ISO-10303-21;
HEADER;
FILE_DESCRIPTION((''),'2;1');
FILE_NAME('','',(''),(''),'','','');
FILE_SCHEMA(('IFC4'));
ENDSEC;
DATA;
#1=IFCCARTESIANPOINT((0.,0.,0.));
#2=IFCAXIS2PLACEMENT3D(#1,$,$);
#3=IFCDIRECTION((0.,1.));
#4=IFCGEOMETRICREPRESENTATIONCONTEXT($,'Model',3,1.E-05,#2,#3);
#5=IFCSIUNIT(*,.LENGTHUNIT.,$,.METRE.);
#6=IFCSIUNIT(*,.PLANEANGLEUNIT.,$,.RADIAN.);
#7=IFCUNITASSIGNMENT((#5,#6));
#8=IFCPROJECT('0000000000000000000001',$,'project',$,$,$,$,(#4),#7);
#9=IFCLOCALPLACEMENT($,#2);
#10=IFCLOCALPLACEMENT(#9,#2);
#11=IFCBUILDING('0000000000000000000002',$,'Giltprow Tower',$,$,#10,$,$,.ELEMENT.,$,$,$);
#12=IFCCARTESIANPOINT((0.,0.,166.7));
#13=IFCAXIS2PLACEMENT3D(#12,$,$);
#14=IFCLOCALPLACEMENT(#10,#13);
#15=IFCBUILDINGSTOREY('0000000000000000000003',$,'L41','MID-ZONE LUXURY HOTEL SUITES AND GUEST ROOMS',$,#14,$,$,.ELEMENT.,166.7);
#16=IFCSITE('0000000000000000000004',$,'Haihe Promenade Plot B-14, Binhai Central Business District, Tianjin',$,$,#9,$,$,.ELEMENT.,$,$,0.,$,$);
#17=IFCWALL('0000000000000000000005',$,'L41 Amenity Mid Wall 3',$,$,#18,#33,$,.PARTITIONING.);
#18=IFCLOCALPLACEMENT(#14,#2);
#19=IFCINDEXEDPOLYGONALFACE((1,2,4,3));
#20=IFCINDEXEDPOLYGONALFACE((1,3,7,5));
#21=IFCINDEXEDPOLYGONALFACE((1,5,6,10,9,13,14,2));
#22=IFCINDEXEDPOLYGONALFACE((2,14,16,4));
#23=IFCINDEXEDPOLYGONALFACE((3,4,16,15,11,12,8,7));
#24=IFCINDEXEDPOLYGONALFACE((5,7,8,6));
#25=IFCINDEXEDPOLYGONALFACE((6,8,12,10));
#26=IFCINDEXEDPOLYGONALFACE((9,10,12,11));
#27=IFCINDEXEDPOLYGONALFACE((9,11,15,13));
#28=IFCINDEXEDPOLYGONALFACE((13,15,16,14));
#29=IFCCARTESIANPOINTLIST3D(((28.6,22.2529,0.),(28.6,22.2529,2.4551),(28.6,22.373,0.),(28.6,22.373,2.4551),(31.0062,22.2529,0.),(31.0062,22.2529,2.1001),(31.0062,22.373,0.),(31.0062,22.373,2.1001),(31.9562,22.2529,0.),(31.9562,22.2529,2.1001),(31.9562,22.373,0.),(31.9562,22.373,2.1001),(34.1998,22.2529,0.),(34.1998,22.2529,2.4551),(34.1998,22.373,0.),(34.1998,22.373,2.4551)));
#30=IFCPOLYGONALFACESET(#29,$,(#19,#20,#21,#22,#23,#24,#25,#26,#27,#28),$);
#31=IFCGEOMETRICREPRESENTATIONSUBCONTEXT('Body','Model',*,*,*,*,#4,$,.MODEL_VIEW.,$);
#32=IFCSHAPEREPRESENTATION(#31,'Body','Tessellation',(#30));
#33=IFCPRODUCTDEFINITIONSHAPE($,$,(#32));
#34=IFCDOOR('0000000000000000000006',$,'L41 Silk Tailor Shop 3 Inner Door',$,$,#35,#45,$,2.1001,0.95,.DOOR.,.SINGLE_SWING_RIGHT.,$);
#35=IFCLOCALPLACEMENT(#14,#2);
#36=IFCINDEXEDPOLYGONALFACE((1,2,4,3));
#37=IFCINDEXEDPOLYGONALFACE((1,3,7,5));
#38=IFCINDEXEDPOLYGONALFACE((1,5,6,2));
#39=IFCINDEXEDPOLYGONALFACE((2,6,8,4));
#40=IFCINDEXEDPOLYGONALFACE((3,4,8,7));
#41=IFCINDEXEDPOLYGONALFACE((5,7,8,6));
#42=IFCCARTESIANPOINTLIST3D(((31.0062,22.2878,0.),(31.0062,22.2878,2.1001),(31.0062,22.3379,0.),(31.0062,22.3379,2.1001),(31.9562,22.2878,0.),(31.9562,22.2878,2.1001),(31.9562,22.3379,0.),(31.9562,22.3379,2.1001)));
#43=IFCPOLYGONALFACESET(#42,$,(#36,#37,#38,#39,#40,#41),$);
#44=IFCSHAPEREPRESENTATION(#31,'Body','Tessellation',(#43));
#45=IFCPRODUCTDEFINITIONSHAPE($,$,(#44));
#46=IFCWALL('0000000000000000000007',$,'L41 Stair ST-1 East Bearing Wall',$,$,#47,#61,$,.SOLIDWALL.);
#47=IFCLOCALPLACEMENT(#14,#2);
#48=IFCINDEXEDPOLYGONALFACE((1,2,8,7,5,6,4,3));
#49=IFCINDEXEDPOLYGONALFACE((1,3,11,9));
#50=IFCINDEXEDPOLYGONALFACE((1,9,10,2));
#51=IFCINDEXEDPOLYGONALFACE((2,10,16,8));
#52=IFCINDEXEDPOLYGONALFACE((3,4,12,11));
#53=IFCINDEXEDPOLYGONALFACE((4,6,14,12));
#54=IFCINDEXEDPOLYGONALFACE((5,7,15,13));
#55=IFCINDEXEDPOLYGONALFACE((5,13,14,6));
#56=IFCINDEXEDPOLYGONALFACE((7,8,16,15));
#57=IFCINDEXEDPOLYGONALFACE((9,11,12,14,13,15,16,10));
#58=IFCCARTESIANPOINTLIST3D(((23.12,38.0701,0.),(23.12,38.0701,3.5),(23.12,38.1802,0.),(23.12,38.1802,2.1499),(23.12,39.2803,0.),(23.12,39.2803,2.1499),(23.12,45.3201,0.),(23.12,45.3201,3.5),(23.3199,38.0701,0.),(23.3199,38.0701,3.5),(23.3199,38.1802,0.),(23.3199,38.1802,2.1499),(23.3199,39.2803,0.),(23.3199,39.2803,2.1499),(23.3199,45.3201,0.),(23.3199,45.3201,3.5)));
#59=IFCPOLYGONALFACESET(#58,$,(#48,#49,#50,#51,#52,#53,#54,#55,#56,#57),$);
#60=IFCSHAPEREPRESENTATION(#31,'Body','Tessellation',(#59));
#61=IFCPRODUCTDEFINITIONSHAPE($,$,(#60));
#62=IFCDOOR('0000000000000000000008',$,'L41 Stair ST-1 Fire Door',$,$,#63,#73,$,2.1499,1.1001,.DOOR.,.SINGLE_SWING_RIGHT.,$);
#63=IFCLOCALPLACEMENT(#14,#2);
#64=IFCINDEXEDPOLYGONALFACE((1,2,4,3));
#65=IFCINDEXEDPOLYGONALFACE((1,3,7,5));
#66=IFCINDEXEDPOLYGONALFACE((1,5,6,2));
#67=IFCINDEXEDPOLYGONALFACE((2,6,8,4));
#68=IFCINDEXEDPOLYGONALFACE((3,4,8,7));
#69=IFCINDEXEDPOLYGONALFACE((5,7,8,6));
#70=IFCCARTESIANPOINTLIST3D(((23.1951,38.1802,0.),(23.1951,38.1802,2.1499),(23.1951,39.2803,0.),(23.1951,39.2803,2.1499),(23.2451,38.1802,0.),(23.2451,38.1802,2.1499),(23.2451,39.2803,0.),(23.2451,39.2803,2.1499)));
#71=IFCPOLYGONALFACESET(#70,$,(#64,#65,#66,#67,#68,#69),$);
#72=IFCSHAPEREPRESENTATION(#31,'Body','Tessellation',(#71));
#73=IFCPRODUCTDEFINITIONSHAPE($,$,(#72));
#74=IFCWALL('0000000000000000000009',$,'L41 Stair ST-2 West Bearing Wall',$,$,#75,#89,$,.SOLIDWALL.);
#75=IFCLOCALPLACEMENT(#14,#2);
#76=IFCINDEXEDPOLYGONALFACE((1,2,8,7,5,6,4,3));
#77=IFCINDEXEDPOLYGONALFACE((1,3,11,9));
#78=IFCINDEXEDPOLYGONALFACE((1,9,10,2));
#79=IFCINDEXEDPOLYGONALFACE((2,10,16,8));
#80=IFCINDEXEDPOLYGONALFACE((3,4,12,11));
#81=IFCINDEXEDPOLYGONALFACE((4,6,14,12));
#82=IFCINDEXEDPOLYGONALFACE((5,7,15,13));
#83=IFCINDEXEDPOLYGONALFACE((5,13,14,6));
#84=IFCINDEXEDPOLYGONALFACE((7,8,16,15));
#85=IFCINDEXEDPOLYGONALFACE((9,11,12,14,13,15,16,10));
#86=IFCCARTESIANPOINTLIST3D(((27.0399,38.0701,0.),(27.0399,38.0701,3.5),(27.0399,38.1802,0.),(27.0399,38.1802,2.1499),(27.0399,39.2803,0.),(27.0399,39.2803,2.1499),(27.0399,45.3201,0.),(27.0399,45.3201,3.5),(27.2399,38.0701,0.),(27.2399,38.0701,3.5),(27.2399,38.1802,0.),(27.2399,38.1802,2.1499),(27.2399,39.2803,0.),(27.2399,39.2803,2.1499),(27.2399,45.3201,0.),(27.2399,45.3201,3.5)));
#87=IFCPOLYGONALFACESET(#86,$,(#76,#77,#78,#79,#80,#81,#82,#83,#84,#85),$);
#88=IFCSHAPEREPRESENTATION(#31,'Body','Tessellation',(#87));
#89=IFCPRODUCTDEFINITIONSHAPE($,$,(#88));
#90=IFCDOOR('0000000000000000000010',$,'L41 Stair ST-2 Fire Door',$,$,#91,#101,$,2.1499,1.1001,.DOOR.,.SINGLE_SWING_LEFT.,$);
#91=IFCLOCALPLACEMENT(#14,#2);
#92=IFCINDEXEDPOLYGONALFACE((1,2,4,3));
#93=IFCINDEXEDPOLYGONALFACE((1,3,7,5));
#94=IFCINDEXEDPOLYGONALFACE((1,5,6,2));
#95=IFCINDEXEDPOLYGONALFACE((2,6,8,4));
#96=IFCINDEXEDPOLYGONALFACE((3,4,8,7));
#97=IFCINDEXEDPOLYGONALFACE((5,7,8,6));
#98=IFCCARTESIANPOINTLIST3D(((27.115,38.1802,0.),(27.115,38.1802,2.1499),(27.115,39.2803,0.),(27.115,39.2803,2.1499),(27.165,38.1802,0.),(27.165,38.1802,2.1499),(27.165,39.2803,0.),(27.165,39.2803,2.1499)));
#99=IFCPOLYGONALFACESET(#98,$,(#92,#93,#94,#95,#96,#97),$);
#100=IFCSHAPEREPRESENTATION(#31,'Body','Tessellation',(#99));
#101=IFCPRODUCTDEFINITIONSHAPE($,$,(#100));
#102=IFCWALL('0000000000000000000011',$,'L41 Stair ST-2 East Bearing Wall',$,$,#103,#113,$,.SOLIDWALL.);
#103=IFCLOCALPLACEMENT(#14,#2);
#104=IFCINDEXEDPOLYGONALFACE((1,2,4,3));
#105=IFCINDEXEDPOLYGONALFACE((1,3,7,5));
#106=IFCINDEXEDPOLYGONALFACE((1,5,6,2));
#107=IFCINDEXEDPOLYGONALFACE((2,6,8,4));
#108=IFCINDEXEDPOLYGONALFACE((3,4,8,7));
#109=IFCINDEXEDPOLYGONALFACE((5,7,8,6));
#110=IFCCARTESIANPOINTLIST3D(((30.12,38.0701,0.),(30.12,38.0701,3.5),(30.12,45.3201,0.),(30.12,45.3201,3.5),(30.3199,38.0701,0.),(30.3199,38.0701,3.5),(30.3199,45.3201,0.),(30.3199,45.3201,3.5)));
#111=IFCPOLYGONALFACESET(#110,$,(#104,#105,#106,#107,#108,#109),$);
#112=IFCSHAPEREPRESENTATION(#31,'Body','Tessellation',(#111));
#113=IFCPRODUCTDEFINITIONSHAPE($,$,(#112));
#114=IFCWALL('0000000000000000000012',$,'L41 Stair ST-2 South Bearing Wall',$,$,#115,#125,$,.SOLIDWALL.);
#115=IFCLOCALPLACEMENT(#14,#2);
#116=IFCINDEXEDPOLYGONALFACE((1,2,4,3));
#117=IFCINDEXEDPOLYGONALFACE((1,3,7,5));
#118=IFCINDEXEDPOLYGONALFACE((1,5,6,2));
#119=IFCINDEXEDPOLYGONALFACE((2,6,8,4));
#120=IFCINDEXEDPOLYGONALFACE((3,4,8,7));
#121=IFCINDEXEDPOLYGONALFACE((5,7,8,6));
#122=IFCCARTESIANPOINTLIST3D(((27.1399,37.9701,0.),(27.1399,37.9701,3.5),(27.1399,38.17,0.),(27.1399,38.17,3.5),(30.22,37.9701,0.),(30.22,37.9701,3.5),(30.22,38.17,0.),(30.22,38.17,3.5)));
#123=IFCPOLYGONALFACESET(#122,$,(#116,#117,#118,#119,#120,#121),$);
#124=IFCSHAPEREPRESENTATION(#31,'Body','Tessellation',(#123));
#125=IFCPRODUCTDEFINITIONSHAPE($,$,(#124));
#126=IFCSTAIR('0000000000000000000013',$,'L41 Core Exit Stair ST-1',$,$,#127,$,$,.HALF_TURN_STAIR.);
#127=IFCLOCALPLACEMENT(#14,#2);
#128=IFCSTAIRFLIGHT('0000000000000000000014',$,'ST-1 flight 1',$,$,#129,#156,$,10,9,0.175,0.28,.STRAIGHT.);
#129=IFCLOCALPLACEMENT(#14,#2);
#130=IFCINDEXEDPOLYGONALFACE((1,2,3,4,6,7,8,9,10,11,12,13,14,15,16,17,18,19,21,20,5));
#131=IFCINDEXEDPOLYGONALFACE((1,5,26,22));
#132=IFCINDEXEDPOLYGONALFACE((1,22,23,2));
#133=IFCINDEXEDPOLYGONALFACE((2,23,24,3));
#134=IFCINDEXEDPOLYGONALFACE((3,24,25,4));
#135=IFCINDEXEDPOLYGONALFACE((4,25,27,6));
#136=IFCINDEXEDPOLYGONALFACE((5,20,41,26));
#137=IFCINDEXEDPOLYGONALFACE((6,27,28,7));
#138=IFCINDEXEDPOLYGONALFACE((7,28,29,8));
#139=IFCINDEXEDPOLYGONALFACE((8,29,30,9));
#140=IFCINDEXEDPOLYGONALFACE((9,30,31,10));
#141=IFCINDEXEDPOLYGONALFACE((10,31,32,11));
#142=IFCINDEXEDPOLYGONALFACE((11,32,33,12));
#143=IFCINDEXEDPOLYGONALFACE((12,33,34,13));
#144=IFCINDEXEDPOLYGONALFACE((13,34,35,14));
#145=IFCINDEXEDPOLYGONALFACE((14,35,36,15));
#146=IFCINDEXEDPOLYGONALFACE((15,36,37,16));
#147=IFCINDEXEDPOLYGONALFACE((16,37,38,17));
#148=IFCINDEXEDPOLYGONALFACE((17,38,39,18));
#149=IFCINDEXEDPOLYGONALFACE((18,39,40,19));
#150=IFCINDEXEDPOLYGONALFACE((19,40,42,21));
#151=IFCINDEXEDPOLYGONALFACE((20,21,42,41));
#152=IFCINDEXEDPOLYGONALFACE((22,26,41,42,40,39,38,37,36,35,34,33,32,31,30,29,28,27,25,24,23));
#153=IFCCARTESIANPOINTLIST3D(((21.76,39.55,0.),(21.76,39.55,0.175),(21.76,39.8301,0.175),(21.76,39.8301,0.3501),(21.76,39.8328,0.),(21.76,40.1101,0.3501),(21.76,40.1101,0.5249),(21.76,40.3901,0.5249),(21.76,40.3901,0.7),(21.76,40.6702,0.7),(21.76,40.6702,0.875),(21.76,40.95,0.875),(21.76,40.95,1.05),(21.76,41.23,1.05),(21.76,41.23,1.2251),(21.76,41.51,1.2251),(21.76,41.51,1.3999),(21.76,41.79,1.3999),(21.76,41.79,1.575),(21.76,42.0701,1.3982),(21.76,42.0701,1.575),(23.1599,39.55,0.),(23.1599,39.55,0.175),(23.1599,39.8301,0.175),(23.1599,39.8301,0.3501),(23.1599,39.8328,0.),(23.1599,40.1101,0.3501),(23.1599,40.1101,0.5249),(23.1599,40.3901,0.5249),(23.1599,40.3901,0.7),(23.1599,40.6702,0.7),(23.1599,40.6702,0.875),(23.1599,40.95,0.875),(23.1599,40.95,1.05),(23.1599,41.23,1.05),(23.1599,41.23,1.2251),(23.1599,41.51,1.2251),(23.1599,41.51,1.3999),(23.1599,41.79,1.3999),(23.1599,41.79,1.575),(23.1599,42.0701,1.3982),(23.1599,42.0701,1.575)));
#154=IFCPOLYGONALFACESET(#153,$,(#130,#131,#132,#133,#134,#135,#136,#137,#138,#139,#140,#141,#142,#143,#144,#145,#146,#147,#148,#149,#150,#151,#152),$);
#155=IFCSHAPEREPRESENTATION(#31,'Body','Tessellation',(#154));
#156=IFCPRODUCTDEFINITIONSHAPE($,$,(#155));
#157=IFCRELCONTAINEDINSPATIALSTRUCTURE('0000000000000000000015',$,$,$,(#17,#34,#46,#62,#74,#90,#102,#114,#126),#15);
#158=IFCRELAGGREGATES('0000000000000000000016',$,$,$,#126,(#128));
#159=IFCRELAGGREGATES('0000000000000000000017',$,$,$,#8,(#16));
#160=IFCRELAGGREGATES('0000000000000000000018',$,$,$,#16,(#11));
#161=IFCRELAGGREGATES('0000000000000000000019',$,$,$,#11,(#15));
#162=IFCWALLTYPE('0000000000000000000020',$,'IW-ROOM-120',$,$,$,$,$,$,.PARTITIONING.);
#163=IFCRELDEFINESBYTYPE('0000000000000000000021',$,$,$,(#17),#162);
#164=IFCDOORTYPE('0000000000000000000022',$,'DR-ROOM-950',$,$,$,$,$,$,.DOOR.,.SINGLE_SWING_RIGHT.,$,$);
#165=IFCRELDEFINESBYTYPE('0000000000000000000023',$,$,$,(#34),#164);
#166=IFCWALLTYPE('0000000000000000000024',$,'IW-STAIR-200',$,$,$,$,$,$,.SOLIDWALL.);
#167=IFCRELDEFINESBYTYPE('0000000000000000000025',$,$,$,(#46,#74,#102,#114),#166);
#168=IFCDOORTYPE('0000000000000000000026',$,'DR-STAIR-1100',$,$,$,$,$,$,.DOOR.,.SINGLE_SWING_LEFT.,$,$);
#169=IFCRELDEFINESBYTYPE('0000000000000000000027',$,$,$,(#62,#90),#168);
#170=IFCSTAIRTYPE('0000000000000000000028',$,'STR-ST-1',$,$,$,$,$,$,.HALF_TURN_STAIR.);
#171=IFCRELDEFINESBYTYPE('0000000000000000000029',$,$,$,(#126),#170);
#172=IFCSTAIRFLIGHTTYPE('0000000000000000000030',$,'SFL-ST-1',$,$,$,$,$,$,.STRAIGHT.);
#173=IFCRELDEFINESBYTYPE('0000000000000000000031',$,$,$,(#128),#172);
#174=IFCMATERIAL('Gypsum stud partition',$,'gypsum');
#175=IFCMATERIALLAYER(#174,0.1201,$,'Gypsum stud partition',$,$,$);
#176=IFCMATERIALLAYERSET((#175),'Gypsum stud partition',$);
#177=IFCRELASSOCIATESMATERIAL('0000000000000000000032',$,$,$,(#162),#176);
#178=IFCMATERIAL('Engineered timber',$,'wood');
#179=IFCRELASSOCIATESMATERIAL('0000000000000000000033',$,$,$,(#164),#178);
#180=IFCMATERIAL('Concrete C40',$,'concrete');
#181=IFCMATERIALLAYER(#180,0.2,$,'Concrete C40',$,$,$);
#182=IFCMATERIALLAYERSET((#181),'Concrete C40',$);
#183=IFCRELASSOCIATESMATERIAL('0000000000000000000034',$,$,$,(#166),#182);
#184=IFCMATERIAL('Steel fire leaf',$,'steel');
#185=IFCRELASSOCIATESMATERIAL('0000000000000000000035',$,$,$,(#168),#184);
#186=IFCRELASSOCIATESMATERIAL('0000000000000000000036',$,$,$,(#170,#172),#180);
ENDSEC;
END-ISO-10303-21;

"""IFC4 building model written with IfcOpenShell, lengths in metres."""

from ifc_helpers import new_model, si_unit, direction, frame, frame_2d, origin, place, context, subcontext, project, spatial, polyline, rectangle, outline, extrude, source, transform, mapped, material, layer, layer_set, type_object, element, fill, aggregate, save


model = new_model("IFC4")

# Units and contexts
model_context = context("Model", 3, precision=1e-05, world=origin(), true_north=direction((0.0, 1.0)))
body_context = subcontext(model_context, "Body", "Model", "MODEL_VIEW")
ifc_project = project(units=[si_unit("LENGTHUNIT", "METRE"), si_unit("PLANEANGLEUNIT", "RADIAN")], contexts=[model_context])

# Site, building, storey
site_placement = place(None, origin())
site = spatial("IfcSite", under=ifc_project, at=site_placement, Name="Haihe Promenade Plot B-14, Binhai Central Business District, Tianjin", CompositionType="ELEMENT", RefElevation=0.0)
building_placement = place(site_placement, origin())
building = spatial("IfcBuilding", under=site, at=building_placement, Name="Giltprow Tower", CompositionType="ELEMENT")
storey_placement = place(building_placement, frame((0.0, 0.0, 166.7)))
storey = spatial("IfcBuildingStorey", under=building, at=storey_placement, Name="L41", Description="MID-ZONE LUXURY HOTEL SUITES AND GUEST ROOMS", CompositionType="ELEMENT", Elevation=166.7)

# Walls, openings, doors
ifc_material_1 = material(Name="Gypsum stud partition", Category="gypsum")
ifc_layer_1 = layer(ifc_material_1, 0.1201, Name="Gypsum stud partition")
ifc_layer_set_1 = layer_set([ifc_layer_1], Name="Gypsum stud partition")
wall_type_1 = type_object("IfcWallType", Name="IW-ROOM-120", PredefinedType="PARTITIONING", material=ifc_layer_set_1)
ifc_material_2 = material(Name="Engineered timber", Category="wood")
door_type_1 = type_object("IfcDoorType", Name="DR-ROOM-950", OperationType="SINGLE_SWING_RIGHT", PredefinedType="DOOR", material=ifc_material_2)
shared_shape_1 = source(origin(), body_context, "Body", "SweptSolid", [
    extrude(rectangle(XDim=0.95, YDim=2.1001, at=frame_2d((0.4751, 1.05))), frame((0.0, 0.0249, 0.0), z_axis=(0.0, -1.0, 0.0), x_axis=(1.0, 0.0, 0.0)), (0.0, 0.0, 1.0), 0.05),
])
wall_1_placement = place(storey_placement, frame((28.6001, 22.313, 0.0), z_axis=(0.0, 0.0, 1.0), x_axis=(1.0, 0.0, 0.0)))
wall_1 = element("IfcWall", 1, at=wall_1_placement, inside=storey, type_object=wall_type_1, Name="L41 Amenity Mid Wall 3", PredefinedType="PARTITIONING", context=body_context, shape_type="SweptSolid", body=[
    extrude(rectangle(XDim=5.5999, YDim=0.1201, at=frame_2d((2.7998, 0.0))), origin(), (0.0, 0.0, 1.0), 2.4551),
])
opening_1_placement = place(wall_1_placement, frame((2.406, 0.0, 0.0)))
opening_1 = element("IfcOpeningElement", 2, at=opening_1_placement, cuts=wall_1, PredefinedType="OPENING", context=body_context, shape_type="SweptSolid", body=[
    extrude(rectangle(XDim=0.95, YDim=2.1001, at=frame_2d((0.4751, 1.05))), frame((0.0, 0.0701, 0.0), z_axis=(0.0, -1.0, 0.0), x_axis=(1.0, 0.0, 0.0)), (0.0, 0.0, 1.0), 0.1401),
])
door_1_placement = place(opening_1_placement, origin())
door_1 = element("IfcDoor", 3, at=door_1_placement, inside=storey, type_object=door_type_1, Name="L41 Silk Tailor Shop 3 Inner Door", OperationType="SINGLE_SWING_RIGHT", OverallHeight=2.1001, OverallWidth=0.95, PredefinedType="DOOR", context=body_context, shape_type="MappedRepresentation", body=[
    mapped(shared_shape_1, transform((0.0, 0.0, 0.0), x_axis=(1.0, 0.0, 0.0), y_axis=(0.0, 1.0, 0.0), z_axis=(0.0, 0.0, 1.0), scale=1.0)),
])
fill(opening_1, door_1)
ifc_material_3 = material(Name="Concrete C40", Category="concrete")
ifc_layer_2 = layer(ifc_material_3, 0.2, Name="Concrete C40")
ifc_layer_set_2 = layer_set([ifc_layer_2], Name="Concrete C40")
wall_type_2 = type_object("IfcWallType", Name="IW-STAIR-200", PredefinedType="SOLIDWALL", material=ifc_layer_set_2)
wall_2_placement = place(storey_placement, frame((23.22, 38.0701, 0.0), z_axis=(0.0, 0.0, 1.0), x_axis=(0.0, 1.0, 0.0)))
wall_2 = element("IfcWall", 4, at=wall_2_placement, inside=storey, type_object=wall_type_2, Name="L41 Stair ST-1 East Bearing Wall", PredefinedType="SOLIDWALL", context=body_context, shape_type="SweptSolid", body=[
    extrude(rectangle(XDim=7.25, YDim=0.2, at=frame_2d((3.625, 0.0))), origin(), (0.0, 0.0, 1.0), 3.5),
])
opening_2_placement = place(wall_2_placement, frame((0.1101, 0.0, 0.0)))
opening_2 = element("IfcOpeningElement", 5, at=opening_2_placement, cuts=wall_2, PredefinedType="OPENING", context=body_context, shape_type="SweptSolid", body=[
    extrude(rectangle(XDim=1.1001, YDim=2.1499, at=frame_2d((0.55, 1.075))), frame((0.0, 0.1099, 0.0), z_axis=(0.0, -1.0, 0.0), x_axis=(1.0, 0.0, 0.0)), (0.0, 0.0, 1.0), 0.22),
])
ifc_material_4 = material(Name="Steel fire leaf", Category="steel")
door_type_2 = type_object("IfcDoorType", Name="DR-STAIR-1100", OperationType="SINGLE_SWING_LEFT", PredefinedType="DOOR", material=ifc_material_4)
shared_shape_2 = source(origin(), body_context, "Body", "SweptSolid", [
    extrude(rectangle(XDim=1.1001, YDim=2.1499, at=frame_2d((0.55, 1.075))), frame((0.0, 0.0249, 0.0), z_axis=(0.0, -1.0, 0.0), x_axis=(1.0, 0.0, 0.0)), (0.0, 0.0, 1.0), 0.05),
])
door_2_placement = place(opening_2_placement, origin())
door_2 = element("IfcDoor", 6, at=door_2_placement, inside=storey, type_object=door_type_2, Name="L41 Stair ST-1 Fire Door", OperationType="SINGLE_SWING_RIGHT", OverallHeight=2.1499, OverallWidth=1.1001, PredefinedType="DOOR", context=body_context, shape_type="MappedRepresentation", body=[
    mapped(shared_shape_2, transform((0.0, 0.0, 0.0), x_axis=(1.0, 0.0, 0.0), y_axis=(0.0, 1.0, 0.0), z_axis=(0.0, 0.0, 1.0), scale=1.0)),
])
fill(opening_2, door_2)
wall_3_placement = place(storey_placement, frame((27.1399, 38.0701, 0.0), z_axis=(0.0, 0.0, 1.0), x_axis=(0.0, 1.0, 0.0)))
wall_3 = element("IfcWall", 7, at=wall_3_placement, inside=storey, type_object=wall_type_2, Name="L41 Stair ST-2 West Bearing Wall", PredefinedType="SOLIDWALL", context=body_context, shape_type="SweptSolid", body=[
    extrude(rectangle(XDim=7.25, YDim=0.2, at=frame_2d((3.625, 0.0))), origin(), (0.0, 0.0, 1.0), 3.5),
])
opening_3_placement = place(wall_3_placement, frame((0.1101, 0.0, 0.0)))
opening_3 = element("IfcOpeningElement", 8, at=opening_3_placement, cuts=wall_3, PredefinedType="OPENING", context=body_context, shape_type="SweptSolid", body=[
    extrude(rectangle(XDim=1.1001, YDim=2.1499, at=frame_2d((0.55, 1.075))), frame((0.0, 0.1099, 0.0), z_axis=(0.0, -1.0, 0.0), x_axis=(1.0, 0.0, 0.0)), (0.0, 0.0, 1.0), 0.22),
])
door_3_placement = place(opening_3_placement, origin())
door_3 = element("IfcDoor", 9, at=door_3_placement, inside=storey, type_object=door_type_2, Name="L41 Stair ST-2 Fire Door", OperationType="SINGLE_SWING_LEFT", OverallHeight=2.1499, OverallWidth=1.1001, PredefinedType="DOOR", context=body_context, shape_type="MappedRepresentation", body=[
    mapped(shared_shape_2, transform((0.0, 0.0, 0.0), x_axis=(1.0, 0.0, 0.0), y_axis=(0.0, 1.0, 0.0), z_axis=(0.0, 0.0, 1.0), scale=1.0)),
])
fill(opening_3, door_3)

# Walls
wall_4_placement = place(storey_placement, frame((30.22, 38.0701, 0.0), z_axis=(0.0, 0.0, 1.0), x_axis=(0.0, 1.0, 0.0)))
element("IfcWall", 10, at=wall_4_placement, inside=storey, type_object=wall_type_2, Name="L41 Stair ST-2 East Bearing Wall", PredefinedType="SOLIDWALL", context=body_context, shape_type="SweptSolid", body=[
    extrude(rectangle(XDim=7.25, YDim=0.2, at=frame_2d((3.625, 0.0))), origin(), (0.0, 0.0, 1.0), 3.5),
])
wall_5_placement = place(storey_placement, frame((27.1399, 38.0701, 0.0), z_axis=(0.0, 0.0, 1.0), x_axis=(1.0, 0.0, 0.0)))
element("IfcWall", 11, at=wall_5_placement, inside=storey, type_object=wall_type_2, Name="L41 Stair ST-2 South Bearing Wall", PredefinedType="SOLIDWALL", context=body_context, shape_type="SweptSolid", body=[
    extrude(rectangle(XDim=3.0801, YDim=0.2, at=frame_2d((1.54, 0.0))), origin(), (0.0, 0.0, 1.0), 3.5),
])

# Stair, stair flight
stair_type = type_object("IfcStairType", Name="STR-ST-1", PredefinedType="HALF_TURN_STAIR", material=ifc_material_3)
stair_placement = place(storey_placement, origin())
stair = element("IfcStair", 12, at=stair_placement, inside=storey, type_object=stair_type, Name="L41 Core Exit Stair ST-1", PredefinedType="HALF_TURN_STAIR")
stair_flight_type = type_object("IfcStairFlightType", Name="SFL-ST-1", PredefinedType="STRAIGHT", material=ifc_material_3)
stair_flight_placement = place(storey_placement, frame((22.46, 39.55, 0.0), z_axis=(0.0, 0.0, 1.0), x_axis=(0.0, 1.0, 0.0)))
stair_flight = element("IfcStairFlight", 13, at=stair_flight_placement, type_object=stair_flight_type, Name="ST-1 flight 1", NumberOfRisers=10, NumberOfTreads=9, PredefinedType="STRAIGHT", RiserHeight=0.175, TreadLength=0.28, context=body_context, shape_type="SweptSolid", body=[
    extrude(outline(polyline([(0.0, 0.0), (0.0, 0.175), (0.28, 0.175), (0.28, 0.3501), (0.5601, 0.3501), (0.5601, 0.5249), (0.8401, 0.5249), (0.8401, 0.7), (1.1201, 0.7), (1.1201, 0.875), (1.3999, 0.875), (1.3999, 1.05), (1.6799, 1.05), (1.6799, 1.2251), (1.96, 1.2251), (1.96, 1.3999), (2.24, 1.3999), (2.24, 1.575), (2.52, 1.575), (2.52, 1.75), (2.52, 1.3982), (0.2827, 0.0), (0.0, 0.0)])), frame((0.0, 0.7, 0.0), z_axis=(0.0, -1.0, 0.0), x_axis=(1.0, 0.0, 0.0)), (0.0, 0.0, 1.0), 1.3999),
])
aggregate(stair, [stair_flight])

save(model, "model.ifc")
